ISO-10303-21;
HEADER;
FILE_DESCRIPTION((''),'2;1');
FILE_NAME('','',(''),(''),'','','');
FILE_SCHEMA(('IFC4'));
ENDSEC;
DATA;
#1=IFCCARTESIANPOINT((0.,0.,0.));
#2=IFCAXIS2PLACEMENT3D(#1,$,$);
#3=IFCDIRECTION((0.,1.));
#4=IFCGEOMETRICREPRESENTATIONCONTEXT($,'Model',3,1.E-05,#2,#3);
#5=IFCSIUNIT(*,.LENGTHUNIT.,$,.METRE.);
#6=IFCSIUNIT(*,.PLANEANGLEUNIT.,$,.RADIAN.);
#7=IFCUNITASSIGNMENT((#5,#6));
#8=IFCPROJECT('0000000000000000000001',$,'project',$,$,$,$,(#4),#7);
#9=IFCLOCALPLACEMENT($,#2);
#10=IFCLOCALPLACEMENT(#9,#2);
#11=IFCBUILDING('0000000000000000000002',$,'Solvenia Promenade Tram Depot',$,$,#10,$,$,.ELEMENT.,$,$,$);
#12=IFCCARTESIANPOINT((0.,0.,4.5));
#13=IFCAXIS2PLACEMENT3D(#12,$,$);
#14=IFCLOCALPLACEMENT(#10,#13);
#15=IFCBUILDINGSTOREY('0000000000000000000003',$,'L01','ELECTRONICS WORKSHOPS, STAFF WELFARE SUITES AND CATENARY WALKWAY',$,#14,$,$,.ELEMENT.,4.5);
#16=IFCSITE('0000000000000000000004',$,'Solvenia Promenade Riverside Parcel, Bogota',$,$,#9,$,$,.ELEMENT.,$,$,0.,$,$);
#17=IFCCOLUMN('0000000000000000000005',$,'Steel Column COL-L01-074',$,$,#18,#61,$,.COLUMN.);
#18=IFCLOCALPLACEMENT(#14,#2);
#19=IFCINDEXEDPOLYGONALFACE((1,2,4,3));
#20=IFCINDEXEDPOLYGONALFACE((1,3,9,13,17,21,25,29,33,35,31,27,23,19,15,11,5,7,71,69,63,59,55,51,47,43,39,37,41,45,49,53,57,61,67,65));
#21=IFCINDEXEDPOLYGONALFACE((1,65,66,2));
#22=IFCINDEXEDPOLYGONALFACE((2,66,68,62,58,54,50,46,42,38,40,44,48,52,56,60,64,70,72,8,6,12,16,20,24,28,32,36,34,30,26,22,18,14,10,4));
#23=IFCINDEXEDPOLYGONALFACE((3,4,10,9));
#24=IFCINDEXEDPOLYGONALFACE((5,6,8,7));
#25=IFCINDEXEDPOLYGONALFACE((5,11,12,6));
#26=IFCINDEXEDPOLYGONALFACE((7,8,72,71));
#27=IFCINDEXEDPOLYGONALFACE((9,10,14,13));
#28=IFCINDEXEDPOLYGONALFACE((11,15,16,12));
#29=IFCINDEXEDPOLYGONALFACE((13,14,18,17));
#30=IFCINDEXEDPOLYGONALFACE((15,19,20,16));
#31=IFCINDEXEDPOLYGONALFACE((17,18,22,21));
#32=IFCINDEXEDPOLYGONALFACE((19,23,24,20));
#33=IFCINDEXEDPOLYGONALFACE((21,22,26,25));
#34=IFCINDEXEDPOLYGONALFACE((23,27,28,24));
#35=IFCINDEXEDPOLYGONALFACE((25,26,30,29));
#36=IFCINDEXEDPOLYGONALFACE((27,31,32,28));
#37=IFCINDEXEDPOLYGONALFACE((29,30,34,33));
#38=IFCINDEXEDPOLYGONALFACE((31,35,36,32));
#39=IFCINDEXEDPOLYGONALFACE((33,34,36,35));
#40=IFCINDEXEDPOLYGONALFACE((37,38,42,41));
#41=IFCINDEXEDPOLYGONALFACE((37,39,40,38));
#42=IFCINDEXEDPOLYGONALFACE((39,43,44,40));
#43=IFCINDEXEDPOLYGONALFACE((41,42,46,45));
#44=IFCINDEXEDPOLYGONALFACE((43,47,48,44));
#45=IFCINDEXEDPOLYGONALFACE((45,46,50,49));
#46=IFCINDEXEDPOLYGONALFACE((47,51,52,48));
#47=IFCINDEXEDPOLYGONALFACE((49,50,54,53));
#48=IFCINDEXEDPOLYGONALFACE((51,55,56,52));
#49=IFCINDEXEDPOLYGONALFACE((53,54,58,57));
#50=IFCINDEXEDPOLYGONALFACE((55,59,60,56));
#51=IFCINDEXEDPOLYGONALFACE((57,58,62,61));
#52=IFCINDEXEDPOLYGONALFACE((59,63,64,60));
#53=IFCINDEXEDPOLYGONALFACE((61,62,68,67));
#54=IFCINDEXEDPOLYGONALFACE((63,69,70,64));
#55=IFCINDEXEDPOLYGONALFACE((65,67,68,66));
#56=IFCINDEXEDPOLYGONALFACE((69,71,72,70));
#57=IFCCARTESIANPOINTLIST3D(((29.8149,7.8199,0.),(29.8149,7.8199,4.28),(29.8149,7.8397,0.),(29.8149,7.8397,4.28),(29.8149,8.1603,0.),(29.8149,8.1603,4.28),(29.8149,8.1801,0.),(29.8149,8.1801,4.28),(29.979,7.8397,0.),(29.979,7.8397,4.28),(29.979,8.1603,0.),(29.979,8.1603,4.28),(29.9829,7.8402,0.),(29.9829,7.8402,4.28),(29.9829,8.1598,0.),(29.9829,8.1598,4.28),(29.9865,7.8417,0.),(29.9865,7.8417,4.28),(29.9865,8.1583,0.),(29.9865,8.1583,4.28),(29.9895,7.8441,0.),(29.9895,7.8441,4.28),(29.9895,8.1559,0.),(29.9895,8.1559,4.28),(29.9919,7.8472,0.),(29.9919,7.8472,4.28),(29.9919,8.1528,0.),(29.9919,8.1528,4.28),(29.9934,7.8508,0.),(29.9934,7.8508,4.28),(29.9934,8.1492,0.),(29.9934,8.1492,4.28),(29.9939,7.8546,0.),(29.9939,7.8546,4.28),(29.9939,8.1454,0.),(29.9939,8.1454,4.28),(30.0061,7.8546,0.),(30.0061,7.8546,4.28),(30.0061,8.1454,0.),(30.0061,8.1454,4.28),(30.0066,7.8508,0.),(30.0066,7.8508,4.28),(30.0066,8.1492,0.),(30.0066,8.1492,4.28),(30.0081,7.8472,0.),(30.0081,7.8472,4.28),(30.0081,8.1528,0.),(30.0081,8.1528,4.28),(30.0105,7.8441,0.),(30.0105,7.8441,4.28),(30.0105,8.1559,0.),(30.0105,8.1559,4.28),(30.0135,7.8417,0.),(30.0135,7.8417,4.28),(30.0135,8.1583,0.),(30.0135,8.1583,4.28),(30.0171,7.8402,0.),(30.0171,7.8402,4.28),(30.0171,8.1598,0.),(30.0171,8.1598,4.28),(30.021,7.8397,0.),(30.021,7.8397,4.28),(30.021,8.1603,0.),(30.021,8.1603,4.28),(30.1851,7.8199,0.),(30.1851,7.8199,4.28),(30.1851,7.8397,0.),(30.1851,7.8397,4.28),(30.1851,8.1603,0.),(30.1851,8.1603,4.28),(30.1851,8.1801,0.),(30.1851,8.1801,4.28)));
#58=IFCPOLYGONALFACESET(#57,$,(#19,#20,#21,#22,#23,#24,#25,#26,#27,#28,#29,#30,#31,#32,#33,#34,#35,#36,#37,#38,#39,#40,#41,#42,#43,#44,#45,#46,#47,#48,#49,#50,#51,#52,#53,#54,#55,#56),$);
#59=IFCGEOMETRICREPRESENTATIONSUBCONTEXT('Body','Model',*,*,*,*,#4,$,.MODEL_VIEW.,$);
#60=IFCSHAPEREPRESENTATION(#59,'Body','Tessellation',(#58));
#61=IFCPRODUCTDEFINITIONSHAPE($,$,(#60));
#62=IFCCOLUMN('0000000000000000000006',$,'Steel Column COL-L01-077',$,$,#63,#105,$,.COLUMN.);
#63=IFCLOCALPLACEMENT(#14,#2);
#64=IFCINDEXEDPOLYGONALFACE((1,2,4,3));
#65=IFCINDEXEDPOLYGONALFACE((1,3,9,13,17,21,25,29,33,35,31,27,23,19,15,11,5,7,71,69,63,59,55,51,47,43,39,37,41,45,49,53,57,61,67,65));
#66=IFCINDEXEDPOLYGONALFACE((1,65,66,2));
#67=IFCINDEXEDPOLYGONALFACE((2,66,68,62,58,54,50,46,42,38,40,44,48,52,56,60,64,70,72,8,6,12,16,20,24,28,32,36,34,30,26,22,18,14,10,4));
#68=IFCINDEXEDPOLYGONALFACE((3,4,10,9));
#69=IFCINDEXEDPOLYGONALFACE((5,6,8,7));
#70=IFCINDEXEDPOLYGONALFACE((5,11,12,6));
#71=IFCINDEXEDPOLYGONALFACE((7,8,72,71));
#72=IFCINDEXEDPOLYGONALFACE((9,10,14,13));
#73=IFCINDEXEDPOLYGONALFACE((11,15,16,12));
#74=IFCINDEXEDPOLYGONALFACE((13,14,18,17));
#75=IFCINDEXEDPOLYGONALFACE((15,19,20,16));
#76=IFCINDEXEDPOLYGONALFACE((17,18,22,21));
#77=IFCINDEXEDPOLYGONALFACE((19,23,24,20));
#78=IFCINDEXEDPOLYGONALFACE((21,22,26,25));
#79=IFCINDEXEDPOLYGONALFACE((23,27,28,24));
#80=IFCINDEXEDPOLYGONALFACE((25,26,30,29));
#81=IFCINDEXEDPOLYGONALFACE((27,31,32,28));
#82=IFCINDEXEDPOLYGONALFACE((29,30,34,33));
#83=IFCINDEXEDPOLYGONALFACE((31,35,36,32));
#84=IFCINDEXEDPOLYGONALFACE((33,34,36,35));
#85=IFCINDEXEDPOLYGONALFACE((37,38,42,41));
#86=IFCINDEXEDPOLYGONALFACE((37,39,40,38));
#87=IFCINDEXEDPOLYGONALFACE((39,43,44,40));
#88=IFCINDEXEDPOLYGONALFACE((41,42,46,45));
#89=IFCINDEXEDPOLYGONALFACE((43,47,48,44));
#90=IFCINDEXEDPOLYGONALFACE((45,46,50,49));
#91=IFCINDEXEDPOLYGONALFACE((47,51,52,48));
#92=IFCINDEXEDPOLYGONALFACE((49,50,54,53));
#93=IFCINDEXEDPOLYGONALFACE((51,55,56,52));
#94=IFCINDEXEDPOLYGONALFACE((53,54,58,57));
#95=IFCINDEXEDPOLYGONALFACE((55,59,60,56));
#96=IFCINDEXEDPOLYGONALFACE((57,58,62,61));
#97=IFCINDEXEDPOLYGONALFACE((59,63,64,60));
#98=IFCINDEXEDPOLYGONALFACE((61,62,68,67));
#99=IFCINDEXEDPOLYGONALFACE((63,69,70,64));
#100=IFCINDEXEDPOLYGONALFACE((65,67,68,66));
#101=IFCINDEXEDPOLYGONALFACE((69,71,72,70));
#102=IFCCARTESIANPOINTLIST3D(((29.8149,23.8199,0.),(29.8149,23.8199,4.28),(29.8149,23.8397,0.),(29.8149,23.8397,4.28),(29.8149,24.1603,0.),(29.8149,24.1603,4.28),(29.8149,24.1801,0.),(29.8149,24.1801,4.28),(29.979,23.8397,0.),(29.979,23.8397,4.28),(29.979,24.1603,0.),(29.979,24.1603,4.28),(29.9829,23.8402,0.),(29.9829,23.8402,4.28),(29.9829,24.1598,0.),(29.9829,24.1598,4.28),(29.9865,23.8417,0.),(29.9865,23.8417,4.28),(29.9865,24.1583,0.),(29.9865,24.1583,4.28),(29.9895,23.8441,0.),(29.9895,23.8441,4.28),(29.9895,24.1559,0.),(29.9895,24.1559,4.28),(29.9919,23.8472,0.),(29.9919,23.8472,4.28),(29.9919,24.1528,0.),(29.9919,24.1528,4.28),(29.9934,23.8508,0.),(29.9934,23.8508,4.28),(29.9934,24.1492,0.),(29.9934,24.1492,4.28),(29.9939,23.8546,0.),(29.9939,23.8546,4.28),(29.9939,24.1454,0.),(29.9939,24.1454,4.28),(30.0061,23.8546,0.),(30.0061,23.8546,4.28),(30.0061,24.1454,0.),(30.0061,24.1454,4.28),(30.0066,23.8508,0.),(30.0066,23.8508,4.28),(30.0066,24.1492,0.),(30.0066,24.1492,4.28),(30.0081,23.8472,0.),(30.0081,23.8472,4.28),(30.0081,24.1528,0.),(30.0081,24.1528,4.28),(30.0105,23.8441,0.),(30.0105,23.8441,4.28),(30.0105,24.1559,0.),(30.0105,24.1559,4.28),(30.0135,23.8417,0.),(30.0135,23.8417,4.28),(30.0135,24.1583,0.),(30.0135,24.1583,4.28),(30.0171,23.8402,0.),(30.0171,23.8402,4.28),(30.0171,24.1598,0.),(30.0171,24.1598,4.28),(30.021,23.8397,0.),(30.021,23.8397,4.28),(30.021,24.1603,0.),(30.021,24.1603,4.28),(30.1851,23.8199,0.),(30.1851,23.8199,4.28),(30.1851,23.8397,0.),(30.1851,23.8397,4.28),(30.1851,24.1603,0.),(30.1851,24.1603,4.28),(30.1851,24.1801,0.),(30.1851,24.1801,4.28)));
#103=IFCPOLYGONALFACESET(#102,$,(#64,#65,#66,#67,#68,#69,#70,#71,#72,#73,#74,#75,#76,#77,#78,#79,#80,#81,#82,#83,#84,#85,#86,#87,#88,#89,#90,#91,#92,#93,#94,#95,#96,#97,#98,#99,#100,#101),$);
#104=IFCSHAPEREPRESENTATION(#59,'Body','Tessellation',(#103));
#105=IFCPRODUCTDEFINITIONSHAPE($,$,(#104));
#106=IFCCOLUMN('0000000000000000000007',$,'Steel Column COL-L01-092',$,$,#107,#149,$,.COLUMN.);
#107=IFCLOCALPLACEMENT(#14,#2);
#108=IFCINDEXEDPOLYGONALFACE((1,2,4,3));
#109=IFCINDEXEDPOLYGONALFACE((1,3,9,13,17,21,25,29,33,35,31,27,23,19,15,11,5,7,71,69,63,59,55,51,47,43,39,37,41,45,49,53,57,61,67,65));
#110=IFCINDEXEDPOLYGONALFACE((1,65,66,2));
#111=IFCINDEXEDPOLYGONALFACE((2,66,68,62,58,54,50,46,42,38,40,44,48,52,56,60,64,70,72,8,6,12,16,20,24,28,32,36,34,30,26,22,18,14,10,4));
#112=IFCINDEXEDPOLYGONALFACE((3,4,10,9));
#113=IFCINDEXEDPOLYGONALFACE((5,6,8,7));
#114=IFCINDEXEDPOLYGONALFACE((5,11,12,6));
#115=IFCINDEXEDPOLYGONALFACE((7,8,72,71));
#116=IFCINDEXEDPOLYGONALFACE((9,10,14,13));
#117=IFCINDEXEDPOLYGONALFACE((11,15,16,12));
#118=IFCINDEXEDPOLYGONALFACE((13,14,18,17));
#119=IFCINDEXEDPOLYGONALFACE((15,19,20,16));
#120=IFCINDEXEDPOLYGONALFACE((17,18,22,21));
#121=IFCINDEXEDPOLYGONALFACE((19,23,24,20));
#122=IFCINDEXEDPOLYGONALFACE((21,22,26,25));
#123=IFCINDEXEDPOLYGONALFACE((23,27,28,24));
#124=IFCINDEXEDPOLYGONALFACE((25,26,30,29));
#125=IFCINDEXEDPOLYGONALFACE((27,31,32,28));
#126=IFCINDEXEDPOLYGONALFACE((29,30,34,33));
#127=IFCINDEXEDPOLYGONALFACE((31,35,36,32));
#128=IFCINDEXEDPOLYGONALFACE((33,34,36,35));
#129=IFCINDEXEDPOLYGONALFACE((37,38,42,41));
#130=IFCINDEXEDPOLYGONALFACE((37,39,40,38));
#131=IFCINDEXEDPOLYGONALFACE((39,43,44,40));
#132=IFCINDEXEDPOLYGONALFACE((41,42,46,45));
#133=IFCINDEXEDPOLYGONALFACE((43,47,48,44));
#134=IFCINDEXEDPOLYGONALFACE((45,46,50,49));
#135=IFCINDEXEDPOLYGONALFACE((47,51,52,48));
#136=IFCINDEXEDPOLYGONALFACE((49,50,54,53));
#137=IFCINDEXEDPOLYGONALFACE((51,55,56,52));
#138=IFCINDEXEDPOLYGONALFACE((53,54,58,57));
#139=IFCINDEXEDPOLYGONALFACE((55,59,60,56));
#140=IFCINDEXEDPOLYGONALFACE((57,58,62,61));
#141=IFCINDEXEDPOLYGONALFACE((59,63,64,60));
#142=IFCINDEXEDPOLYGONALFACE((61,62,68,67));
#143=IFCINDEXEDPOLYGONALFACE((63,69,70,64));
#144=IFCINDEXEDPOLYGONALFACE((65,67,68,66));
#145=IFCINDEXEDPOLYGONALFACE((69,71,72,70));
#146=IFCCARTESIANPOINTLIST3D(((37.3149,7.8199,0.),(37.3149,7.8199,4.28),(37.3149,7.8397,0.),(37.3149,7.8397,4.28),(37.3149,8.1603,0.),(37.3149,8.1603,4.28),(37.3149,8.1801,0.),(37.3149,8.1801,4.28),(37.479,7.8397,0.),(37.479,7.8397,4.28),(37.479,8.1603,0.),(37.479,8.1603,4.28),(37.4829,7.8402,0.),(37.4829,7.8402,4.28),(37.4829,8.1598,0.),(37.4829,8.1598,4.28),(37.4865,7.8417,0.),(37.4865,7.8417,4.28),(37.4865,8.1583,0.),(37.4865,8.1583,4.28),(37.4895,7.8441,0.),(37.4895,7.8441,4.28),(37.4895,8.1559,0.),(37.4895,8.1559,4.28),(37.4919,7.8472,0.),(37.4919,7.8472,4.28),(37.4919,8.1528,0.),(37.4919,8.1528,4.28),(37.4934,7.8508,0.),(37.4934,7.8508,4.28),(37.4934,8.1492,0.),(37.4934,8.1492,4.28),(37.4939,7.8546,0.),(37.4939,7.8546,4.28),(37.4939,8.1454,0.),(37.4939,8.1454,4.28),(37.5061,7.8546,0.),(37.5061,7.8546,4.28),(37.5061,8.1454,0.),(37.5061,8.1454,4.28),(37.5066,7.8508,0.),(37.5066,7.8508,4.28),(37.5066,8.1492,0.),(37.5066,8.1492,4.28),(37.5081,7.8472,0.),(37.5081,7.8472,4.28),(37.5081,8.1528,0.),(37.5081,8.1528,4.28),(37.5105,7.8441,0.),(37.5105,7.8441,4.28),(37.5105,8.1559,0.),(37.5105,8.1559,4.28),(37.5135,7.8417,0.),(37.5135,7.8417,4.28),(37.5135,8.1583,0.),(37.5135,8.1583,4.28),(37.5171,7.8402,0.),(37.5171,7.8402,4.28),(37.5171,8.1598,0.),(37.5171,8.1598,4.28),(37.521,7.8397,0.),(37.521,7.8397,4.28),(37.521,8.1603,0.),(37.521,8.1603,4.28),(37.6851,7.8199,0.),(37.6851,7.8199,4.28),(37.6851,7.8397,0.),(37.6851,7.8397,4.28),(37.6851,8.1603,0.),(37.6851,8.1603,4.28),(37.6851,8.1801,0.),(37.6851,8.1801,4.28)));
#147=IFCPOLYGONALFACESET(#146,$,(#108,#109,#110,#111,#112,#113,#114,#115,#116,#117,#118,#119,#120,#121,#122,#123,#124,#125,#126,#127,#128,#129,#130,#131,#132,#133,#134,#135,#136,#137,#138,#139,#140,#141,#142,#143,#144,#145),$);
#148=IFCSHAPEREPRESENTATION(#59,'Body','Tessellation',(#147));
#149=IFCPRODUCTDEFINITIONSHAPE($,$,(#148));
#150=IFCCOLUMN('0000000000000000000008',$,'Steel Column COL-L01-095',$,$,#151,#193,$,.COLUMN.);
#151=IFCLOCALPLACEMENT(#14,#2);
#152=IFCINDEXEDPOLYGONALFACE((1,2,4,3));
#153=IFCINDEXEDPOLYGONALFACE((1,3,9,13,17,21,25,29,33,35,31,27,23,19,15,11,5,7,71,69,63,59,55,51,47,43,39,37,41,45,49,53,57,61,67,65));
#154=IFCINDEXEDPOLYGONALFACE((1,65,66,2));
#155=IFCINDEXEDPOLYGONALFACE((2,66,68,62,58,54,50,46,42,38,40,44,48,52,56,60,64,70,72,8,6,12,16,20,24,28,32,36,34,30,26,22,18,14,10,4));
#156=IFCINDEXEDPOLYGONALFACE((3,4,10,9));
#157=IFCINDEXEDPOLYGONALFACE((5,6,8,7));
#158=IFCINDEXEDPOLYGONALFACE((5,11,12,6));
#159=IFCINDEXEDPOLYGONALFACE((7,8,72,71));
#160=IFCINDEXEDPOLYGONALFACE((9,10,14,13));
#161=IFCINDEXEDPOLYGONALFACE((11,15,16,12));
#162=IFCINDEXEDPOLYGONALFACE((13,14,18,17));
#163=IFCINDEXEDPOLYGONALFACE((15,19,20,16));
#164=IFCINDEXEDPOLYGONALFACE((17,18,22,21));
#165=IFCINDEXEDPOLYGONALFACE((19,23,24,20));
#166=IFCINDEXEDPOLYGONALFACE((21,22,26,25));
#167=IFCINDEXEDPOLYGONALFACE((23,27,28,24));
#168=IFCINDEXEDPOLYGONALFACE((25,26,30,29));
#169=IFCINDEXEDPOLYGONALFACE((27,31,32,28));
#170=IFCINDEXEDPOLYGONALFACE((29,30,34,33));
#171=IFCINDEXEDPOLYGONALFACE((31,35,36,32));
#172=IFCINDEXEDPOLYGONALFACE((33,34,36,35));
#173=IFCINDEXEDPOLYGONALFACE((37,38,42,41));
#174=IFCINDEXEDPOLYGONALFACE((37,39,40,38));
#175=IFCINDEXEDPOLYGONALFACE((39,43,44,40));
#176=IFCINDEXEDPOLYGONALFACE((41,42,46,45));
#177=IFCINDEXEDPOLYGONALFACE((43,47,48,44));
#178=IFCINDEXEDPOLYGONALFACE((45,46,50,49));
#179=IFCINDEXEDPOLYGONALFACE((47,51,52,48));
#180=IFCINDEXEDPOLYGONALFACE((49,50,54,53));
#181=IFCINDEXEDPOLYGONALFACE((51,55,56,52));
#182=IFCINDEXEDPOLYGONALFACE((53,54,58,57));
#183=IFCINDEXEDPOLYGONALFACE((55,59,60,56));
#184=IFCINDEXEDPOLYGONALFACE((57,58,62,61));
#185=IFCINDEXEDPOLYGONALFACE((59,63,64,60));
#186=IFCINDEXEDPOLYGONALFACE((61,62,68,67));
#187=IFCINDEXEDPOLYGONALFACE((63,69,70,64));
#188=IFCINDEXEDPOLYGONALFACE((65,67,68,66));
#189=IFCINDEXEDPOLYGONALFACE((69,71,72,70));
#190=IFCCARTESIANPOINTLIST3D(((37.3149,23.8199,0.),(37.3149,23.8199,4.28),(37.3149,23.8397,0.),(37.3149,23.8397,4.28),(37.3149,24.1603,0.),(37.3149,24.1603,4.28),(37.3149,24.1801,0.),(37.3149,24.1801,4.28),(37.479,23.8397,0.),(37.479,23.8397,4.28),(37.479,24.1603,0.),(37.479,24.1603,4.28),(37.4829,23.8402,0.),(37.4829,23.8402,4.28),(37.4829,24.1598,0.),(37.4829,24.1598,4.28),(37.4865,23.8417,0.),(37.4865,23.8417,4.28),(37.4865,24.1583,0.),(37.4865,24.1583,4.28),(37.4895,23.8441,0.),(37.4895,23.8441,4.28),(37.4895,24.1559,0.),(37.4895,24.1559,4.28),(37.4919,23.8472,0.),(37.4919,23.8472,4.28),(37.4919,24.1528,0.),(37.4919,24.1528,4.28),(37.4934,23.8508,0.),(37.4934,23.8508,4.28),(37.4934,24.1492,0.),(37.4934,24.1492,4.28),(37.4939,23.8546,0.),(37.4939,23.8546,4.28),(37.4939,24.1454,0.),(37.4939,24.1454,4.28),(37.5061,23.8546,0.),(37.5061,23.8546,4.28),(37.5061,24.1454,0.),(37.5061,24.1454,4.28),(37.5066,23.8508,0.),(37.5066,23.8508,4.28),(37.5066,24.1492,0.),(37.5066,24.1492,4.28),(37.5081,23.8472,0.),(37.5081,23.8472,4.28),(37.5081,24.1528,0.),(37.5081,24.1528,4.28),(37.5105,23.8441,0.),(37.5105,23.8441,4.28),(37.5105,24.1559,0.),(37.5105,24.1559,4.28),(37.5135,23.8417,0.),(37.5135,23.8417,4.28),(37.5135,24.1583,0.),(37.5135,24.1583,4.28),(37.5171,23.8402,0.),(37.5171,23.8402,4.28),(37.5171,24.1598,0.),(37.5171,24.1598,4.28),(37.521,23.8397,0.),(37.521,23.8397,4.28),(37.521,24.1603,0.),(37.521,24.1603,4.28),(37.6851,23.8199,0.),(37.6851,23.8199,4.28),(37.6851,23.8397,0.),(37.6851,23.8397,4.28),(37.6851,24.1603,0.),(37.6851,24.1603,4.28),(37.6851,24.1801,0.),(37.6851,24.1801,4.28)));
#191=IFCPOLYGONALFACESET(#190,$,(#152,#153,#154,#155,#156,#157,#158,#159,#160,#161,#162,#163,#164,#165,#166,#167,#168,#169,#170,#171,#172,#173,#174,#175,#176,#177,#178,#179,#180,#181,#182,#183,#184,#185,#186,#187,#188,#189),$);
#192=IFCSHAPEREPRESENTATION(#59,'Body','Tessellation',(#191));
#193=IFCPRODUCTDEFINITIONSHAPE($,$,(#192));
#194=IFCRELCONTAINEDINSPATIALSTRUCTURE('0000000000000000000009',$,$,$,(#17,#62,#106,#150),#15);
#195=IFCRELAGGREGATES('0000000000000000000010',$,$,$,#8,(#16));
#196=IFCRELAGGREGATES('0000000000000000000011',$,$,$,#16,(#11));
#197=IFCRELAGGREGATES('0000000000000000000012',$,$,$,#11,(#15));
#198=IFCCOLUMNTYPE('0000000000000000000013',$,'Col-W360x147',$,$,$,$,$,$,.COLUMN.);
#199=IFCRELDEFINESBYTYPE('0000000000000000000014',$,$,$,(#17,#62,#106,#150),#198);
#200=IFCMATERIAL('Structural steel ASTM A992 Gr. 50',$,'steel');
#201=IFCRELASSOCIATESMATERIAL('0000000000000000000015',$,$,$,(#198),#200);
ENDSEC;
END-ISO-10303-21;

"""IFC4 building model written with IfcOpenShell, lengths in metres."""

from ifc_helpers import new_model, si_unit, direction, frame, origin, origin_2d, place, context, subcontext, project, spatial, i_section, extrude, material, material_profile, profile_set, type_object, element, save


model = new_model("IFC4")

# Units and contexts
model_context = context("Model", 3, precision=1e-05, world=origin(), true_north=direction((0.0, 1.0)))
body_context = subcontext(model_context, "Body", "Model", "MODEL_VIEW")
ifc_project = project(units=[si_unit("LENGTHUNIT", "METRE"), si_unit("PLANEANGLEUNIT", "RADIAN")], contexts=[model_context])

# Site, building, storey
site_placement = place(None, origin())
site = spatial("IfcSite", under=ifc_project, at=site_placement, Name="Solvenia Promenade Riverside Parcel, Bogota", CompositionType="ELEMENT", RefElevation=0.0)
building_placement = place(site_placement, origin())
building = spatial("IfcBuilding", under=site, at=building_placement, Name="Solvenia Promenade Tram Depot", CompositionType="ELEMENT")
storey_placement = place(building_placement, frame((0.0, 0.0, 4.5)))
storey = spatial("IfcBuildingStorey", under=building, at=storey_placement, Name="L01", Description="ELECTRONICS WORKSHOPS, STAFF WELFARE SUITES AND CATENARY WALKWAY", CompositionType="ELEMENT", Elevation=4.5)

# Columns
ifc_material_1 = material(Name="Structural steel ASTM A992 Gr. 50", Category="steel")
ifc_material_profile_1 = material_profile(ifc_material_1, i_section(OverallWidth=0.3701, OverallDepth=0.3601, WebThickness=0.0122, FlangeThickness=0.0198, FilletRadius=0.0149, at=origin_2d()), Name="W360x147", Category="steel")
ifc_profile_set_1 = profile_set([ifc_material_profile_1], Name="Structural steel ASTM A992 Gr. 50")
column_type = type_object("IfcColumnType", Name="Col-W360x147", PredefinedType="COLUMN", material=ifc_profile_set_1)
for number, where, z_axis, x_axis, name in (
    (1, (30.0, 8.0, 0.0), (0.0, 0.0, 1.0), (1.0, 0.0, 0.0), "Steel Column COL-L01-074"),
    (2, (30.0, 24.0, 0.0), (0.0, 0.0, 1.0), (1.0, 0.0, 0.0), "Steel Column COL-L01-077"),
    (3, (37.5, 8.0, 0.0), (0.0, 0.0, 1.0), (1.0, 0.0, 0.0), "Steel Column COL-L01-092"),
    (4, (37.5, 24.0, 0.0), (0.0, 0.0, 1.0), (1.0, 0.0, 0.0), "Steel Column COL-L01-095"),
):
    element("IfcColumn", number, at=place(storey_placement, frame(where, z_axis=z_axis, x_axis=x_axis)), inside=storey, type_object=column_type, Name=name, PredefinedType="COLUMN", context=body_context, shape_type="SweptSolid", body=[
        extrude(i_section(OverallWidth=0.3701, OverallDepth=0.3601, WebThickness=0.0122, FlangeThickness=0.0198, FilletRadius=0.0149, at=origin_2d()), origin(), (0.0, 0.0, 1.0), 4.28),
    ])

save(model, "model.ifc")
